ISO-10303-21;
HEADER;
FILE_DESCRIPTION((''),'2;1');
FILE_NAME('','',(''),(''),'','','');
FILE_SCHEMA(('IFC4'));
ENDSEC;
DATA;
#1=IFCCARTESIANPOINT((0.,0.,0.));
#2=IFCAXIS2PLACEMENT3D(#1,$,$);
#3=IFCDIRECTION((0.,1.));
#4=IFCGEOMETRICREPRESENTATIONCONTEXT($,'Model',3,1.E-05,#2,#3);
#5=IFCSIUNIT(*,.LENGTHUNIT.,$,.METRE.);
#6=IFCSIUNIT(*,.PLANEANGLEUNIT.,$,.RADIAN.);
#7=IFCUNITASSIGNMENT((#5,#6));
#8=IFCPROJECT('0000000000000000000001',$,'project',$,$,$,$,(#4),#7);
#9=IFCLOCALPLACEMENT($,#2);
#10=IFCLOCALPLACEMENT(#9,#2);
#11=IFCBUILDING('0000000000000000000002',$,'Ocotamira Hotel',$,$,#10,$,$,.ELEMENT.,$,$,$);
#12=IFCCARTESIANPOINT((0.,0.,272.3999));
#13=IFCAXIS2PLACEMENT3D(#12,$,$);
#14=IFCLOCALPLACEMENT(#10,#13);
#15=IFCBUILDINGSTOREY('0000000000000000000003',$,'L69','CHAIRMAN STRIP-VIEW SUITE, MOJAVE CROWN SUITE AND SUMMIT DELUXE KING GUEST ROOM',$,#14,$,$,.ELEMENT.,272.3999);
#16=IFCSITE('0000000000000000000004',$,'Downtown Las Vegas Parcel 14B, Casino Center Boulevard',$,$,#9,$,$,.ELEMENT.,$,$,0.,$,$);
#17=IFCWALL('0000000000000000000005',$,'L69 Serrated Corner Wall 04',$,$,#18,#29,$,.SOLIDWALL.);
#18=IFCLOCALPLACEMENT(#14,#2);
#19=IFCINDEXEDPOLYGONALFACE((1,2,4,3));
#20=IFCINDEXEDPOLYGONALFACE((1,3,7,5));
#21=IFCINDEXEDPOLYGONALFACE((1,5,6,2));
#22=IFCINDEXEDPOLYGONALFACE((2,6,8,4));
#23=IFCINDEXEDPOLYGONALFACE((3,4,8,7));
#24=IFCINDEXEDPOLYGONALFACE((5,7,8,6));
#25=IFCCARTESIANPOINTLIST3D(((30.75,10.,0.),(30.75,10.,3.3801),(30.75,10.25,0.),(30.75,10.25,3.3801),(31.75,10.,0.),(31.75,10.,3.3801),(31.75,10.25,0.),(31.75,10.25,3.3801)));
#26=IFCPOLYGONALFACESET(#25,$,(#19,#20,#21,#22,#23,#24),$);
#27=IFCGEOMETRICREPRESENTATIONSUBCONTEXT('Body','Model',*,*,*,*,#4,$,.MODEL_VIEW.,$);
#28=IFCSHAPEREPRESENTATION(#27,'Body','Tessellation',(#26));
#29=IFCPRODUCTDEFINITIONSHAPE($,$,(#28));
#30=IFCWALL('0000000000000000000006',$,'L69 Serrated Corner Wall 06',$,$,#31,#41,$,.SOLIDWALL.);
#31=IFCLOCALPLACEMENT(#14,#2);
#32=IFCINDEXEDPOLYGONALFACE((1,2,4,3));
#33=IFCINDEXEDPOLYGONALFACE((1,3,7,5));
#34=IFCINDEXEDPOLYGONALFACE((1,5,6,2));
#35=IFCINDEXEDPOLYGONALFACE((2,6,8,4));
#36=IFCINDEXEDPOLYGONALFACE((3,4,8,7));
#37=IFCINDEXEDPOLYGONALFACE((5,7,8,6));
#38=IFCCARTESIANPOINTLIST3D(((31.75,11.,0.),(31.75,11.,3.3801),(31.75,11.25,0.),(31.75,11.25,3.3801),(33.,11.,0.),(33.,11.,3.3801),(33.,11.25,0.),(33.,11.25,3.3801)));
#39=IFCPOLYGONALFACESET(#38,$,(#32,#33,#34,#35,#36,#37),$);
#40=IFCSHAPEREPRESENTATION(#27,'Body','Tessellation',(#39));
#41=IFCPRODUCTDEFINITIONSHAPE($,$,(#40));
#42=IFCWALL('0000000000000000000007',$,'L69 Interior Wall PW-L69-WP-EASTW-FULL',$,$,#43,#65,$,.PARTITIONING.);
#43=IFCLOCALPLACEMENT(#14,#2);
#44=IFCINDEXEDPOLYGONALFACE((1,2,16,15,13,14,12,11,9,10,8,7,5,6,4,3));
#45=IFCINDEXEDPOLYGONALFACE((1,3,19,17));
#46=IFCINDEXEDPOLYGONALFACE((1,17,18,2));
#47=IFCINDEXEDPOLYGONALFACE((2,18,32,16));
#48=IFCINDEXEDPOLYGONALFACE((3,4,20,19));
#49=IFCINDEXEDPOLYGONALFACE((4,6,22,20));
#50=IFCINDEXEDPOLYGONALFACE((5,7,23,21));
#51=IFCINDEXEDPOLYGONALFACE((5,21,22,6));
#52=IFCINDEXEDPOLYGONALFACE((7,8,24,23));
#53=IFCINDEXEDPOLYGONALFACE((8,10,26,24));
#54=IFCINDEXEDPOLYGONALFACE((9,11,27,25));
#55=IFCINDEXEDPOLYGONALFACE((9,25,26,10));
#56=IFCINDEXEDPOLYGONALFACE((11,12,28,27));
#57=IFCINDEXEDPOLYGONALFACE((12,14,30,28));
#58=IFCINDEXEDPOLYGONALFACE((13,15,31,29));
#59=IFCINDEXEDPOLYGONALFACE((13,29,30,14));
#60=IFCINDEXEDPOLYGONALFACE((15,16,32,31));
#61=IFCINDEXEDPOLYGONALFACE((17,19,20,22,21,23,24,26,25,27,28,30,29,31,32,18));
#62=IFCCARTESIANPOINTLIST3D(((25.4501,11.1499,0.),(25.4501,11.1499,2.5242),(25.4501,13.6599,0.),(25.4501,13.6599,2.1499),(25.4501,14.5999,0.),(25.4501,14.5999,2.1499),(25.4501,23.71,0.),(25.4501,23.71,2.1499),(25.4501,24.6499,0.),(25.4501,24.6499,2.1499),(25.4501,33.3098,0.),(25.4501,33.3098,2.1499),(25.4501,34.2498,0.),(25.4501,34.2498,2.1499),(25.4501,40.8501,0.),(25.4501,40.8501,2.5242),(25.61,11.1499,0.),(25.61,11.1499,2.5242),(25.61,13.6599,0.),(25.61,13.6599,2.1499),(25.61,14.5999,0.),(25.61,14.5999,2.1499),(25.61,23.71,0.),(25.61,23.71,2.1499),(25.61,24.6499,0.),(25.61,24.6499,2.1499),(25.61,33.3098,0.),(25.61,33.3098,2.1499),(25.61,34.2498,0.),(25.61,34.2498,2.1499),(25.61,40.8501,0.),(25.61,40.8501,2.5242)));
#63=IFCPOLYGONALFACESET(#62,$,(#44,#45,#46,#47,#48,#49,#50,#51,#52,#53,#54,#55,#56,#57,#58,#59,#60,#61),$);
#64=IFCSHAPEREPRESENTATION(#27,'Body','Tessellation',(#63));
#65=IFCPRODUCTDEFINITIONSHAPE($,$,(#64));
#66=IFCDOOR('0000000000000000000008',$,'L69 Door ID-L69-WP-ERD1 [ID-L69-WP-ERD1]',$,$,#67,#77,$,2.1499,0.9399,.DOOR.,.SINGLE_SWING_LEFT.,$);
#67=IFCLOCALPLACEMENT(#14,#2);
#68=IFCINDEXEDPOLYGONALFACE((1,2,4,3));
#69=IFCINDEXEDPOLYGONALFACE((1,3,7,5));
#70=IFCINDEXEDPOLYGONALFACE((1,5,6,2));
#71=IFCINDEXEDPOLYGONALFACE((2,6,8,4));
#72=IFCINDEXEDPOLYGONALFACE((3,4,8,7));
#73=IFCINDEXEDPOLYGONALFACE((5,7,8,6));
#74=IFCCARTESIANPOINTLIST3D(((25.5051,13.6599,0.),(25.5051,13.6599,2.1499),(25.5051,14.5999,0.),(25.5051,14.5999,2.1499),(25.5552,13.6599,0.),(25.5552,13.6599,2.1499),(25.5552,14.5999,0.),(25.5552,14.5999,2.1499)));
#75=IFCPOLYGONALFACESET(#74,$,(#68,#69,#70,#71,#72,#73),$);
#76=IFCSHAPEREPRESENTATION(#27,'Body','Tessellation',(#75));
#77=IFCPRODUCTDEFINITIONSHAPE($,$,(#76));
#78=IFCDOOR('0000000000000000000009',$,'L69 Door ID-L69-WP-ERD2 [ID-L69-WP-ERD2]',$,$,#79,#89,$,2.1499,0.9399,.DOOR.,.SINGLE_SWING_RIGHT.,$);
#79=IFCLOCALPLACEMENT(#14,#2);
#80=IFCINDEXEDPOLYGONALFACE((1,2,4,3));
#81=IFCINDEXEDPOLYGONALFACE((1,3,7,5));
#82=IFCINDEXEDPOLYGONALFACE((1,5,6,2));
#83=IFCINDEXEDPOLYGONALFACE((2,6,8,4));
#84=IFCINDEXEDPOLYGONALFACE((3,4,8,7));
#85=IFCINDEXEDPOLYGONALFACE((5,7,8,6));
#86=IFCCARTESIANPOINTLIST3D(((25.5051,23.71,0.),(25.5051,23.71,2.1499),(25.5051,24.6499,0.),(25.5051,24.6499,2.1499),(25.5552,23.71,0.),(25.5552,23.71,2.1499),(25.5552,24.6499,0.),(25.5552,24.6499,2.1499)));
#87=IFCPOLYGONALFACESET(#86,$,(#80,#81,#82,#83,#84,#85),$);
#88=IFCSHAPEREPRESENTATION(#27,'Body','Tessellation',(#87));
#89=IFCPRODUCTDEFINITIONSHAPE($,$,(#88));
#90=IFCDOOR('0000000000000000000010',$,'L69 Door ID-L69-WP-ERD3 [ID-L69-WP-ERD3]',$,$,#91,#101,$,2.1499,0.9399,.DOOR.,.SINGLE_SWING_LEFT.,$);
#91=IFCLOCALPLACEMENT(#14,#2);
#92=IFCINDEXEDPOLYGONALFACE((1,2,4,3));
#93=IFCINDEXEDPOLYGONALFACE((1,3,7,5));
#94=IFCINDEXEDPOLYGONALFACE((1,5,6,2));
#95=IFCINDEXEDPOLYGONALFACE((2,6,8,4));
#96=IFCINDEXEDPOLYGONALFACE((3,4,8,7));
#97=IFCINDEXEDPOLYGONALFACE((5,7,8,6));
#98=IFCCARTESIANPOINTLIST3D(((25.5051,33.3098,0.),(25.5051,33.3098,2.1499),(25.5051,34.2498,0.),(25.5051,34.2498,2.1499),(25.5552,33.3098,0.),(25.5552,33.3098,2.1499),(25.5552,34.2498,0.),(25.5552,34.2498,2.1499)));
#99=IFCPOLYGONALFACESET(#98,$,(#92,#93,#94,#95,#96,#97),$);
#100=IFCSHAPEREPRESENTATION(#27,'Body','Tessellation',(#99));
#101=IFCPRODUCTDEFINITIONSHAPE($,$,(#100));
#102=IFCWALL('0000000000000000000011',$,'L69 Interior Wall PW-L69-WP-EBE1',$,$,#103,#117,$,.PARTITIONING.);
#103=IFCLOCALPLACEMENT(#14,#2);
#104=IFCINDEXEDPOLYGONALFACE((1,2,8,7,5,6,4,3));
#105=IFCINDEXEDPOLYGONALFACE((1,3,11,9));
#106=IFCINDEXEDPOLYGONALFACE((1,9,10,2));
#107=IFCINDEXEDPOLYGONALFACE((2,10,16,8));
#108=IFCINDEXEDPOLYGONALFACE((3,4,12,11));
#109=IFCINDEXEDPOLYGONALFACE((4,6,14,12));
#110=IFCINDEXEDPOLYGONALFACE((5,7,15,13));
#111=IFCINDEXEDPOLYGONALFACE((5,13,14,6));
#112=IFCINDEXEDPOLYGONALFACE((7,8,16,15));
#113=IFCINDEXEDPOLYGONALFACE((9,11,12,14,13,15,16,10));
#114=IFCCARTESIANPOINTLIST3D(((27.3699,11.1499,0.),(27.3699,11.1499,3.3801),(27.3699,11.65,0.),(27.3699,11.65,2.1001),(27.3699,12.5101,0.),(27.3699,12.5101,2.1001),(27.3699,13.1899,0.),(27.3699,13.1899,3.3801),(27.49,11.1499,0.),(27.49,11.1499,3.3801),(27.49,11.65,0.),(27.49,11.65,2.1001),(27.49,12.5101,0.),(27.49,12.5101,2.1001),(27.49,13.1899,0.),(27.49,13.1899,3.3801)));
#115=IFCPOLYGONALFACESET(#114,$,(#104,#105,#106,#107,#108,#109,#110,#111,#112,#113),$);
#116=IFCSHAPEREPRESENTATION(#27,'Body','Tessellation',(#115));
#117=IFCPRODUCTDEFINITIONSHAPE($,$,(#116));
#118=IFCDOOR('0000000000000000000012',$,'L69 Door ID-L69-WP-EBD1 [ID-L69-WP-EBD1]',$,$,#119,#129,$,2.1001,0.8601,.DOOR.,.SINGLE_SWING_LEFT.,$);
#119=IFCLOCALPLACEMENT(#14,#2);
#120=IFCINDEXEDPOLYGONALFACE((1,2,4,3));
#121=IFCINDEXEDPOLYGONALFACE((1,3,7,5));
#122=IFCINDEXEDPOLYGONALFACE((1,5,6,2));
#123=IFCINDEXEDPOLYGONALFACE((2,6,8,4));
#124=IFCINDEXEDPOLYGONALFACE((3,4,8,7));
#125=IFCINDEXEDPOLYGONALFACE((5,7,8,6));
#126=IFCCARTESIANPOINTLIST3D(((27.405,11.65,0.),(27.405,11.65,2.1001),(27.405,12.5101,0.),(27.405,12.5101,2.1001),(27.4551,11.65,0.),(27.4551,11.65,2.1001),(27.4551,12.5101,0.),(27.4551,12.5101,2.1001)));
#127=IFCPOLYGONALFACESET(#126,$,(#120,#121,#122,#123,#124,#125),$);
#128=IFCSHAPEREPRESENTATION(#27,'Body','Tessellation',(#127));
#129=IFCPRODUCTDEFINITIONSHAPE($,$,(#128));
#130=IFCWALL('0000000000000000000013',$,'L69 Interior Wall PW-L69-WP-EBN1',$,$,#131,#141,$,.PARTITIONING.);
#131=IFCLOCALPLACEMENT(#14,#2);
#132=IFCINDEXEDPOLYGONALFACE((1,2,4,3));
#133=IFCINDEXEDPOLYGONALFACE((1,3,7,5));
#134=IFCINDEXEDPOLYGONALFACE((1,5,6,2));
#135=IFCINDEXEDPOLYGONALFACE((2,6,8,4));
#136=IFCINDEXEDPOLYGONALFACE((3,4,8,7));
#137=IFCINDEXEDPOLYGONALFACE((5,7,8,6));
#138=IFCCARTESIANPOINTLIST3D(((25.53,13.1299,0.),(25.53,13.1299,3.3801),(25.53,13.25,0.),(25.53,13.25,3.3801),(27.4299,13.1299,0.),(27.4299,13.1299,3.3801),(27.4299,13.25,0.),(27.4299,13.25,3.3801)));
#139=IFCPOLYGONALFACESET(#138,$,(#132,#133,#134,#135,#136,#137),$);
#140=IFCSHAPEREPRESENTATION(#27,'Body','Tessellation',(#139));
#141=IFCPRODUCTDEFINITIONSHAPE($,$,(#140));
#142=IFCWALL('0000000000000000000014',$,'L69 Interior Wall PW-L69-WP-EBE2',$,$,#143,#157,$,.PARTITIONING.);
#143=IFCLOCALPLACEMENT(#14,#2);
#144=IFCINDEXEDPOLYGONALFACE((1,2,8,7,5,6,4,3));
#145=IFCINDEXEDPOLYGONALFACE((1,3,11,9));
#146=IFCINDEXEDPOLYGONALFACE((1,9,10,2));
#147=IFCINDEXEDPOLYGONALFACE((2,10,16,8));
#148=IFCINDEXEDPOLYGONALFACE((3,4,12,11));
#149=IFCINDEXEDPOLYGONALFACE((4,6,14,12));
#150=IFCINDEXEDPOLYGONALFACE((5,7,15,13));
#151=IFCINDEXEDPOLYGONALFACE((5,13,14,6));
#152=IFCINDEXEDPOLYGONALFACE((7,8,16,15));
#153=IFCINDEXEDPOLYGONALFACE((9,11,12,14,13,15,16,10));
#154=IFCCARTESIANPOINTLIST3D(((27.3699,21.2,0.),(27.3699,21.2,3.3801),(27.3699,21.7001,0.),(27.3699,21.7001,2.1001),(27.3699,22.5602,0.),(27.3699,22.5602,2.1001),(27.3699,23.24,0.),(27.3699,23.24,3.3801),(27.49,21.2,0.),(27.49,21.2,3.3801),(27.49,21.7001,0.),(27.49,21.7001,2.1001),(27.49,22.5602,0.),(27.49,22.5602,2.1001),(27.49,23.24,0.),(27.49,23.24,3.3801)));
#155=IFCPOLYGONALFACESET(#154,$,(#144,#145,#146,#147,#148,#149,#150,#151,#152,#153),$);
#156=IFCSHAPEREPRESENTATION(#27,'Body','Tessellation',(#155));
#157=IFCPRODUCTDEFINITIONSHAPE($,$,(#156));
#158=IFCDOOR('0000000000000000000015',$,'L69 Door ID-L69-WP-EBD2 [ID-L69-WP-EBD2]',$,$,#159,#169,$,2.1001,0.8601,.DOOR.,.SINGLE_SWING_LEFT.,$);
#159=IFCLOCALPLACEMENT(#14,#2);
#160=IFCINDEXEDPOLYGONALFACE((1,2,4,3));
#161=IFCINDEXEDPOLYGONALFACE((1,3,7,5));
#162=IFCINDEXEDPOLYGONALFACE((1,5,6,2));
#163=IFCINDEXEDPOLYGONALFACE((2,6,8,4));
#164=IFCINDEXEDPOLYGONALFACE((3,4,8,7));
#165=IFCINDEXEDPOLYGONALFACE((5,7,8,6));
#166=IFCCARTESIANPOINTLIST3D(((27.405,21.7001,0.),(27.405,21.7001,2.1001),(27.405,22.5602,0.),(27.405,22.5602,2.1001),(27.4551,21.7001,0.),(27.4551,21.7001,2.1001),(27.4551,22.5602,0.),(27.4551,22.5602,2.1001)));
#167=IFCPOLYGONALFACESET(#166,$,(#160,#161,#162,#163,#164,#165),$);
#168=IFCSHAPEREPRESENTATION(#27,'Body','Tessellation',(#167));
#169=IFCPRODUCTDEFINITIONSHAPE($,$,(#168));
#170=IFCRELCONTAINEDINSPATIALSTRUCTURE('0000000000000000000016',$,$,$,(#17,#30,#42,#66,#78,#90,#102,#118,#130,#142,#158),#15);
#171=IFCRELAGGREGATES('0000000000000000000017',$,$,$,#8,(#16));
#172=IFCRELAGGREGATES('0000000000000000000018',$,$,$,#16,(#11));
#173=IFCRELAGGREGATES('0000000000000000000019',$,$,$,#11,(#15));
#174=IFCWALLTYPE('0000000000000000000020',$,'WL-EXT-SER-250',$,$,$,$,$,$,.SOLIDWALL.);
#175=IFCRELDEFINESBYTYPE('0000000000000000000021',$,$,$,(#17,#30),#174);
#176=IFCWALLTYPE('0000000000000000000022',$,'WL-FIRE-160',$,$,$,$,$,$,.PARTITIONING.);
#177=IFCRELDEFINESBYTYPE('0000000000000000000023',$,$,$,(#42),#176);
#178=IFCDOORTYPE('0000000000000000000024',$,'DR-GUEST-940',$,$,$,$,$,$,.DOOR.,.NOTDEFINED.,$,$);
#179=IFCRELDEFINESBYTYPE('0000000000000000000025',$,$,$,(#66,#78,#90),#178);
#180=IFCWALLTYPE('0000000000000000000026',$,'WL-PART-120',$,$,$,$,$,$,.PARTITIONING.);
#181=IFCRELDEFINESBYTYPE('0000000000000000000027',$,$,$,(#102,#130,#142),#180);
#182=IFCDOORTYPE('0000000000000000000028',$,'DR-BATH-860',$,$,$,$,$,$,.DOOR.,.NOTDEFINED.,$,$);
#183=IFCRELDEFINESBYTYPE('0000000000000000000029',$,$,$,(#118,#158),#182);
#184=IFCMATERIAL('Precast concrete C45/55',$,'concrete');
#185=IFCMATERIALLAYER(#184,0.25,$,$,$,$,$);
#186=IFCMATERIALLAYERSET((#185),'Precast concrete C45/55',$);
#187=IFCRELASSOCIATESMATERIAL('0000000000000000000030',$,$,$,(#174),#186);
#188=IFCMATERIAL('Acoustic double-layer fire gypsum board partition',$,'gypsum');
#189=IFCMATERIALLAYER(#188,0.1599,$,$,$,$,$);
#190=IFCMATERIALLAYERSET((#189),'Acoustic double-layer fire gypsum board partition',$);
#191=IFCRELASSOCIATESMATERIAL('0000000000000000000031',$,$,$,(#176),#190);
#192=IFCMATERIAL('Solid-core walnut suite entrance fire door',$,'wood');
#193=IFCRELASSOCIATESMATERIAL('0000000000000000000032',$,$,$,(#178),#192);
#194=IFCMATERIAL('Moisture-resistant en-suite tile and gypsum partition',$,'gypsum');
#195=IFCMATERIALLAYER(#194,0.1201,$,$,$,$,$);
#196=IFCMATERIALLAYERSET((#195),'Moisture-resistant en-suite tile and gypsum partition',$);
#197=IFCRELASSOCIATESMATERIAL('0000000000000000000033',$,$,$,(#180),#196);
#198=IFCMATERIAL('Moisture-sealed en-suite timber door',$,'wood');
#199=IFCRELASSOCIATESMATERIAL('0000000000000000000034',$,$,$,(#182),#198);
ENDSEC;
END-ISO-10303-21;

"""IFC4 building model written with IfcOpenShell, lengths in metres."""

from ifc_helpers import new_model, si_unit, direction, frame, frame_2d, origin, place, context, subcontext, project, spatial, rectangle, extrude, source, transform, mapped, material, layer, layer_set, type_object, element, fill, save


model = new_model("IFC4")

# Units and contexts
model_context = context("Model", 3, precision=1e-05, world=origin(), true_north=direction((0.0, 1.0)))
body_context = subcontext(model_context, "Body", "Model", "MODEL_VIEW")
ifc_project = project(units=[si_unit("LENGTHUNIT", "METRE"), si_unit("PLANEANGLEUNIT", "RADIAN")], contexts=[model_context])

# Site, building, storey
site_placement = place(None, origin())
site = spatial("IfcSite", under=ifc_project, at=site_placement, Name="Downtown Las Vegas Parcel 14B, Casino Center Boulevard", CompositionType="ELEMENT", RefElevation=0.0)
building_placement = place(site_placement, origin())
building = spatial("IfcBuilding", under=site, at=building_placement, Name="Ocotamira Hotel", CompositionType="ELEMENT")
storey_placement = place(building_placement, frame((0.0, 0.0, 272.3999)))
storey = spatial("IfcBuildingStorey", under=building, at=storey_placement, Name="L69", Description="CHAIRMAN STRIP-VIEW SUITE, MOJAVE CROWN SUITE AND SUMMIT DELUXE KING GUEST ROOM", CompositionType="ELEMENT", Elevation=272.3999)

# Walls
ifc_material_1 = material(Name="Precast concrete C45/55", Category="concrete")
ifc_layer_1 = layer(ifc_material_1, 0.25)
ifc_layer_set_1 = layer_set([ifc_layer_1], Name="Precast concrete C45/55")
wall_type_1 = type_object("IfcWallType", Name="WL-EXT-SER-250", PredefinedType="SOLIDWALL", material=ifc_layer_set_1)
wall_1_placement = place(storey_placement, frame((30.75, 10.125, 0.0), z_axis=(0.0, 0.0, 1.0), x_axis=(1.0, 0.0, 0.0)))
element("IfcWall", 1, at=wall_1_placement, inside=storey, type_object=wall_type_1, Name="L69 Serrated Corner Wall 04", PredefinedType="SOLIDWALL", context=body_context, shape_type="SweptSolid", body=[
    extrude(rectangle(XDim=1.0, YDim=0.25, at=frame_2d((0.5, 0.0))), origin(), (0.0, 0.0, 1.0), 3.3801),
])
wall_2_placement = place(storey_placement, frame((31.75, 11.125, 0.0), z_axis=(0.0, 0.0, 1.0), x_axis=(1.0, 0.0, 0.0)))
element("IfcWall", 2, at=wall_2_placement, inside=storey, type_object=wall_type_1, Name="L69 Serrated Corner Wall 06", PredefinedType="SOLIDWALL", context=body_context, shape_type="SweptSolid", body=[
    extrude(rectangle(XDim=1.25, YDim=0.25, at=frame_2d((0.625, 0.0))), origin(), (0.0, 0.0, 1.0), 3.3801),
])

# Wall, openings, doors
ifc_material_2 = material(Name="Acoustic double-layer fire gypsum board partition", Category="gypsum")
ifc_layer_2 = layer(ifc_material_2, 0.1599)
ifc_layer_set_2 = layer_set([ifc_layer_2], Name="Acoustic double-layer fire gypsum board partition")
wall_type_2 = type_object("IfcWallType", Name="WL-FIRE-160", PredefinedType="PARTITIONING", material=ifc_layer_set_2)
wall_3_placement = place(storey_placement, frame((25.53, 11.1499, 0.0), z_axis=(0.0, 0.0, 1.0), x_axis=(0.0, 1.0, 0.0)))
wall_3 = element("IfcWall", 3, at=wall_3_placement, inside=storey, type_object=wall_type_2, Name="L69 Interior Wall PW-L69-WP-EASTW-FULL", PredefinedType="PARTITIONING", context=body_context, shape_type="SweptSolid", body=[
    extrude(rectangle(XDim=29.7002, YDim=0.1599, at=frame_2d((14.8501, 0.0))), origin(), (0.0, 0.0, 1.0), 2.5242),
])
opening_1_placement = place(wall_3_placement, frame((2.51, 0.0, 0.0)))
opening_1 = element("IfcOpeningElement", 4, at=opening_1_placement, cuts=wall_3, PredefinedType="OPENING", context=body_context, shape_type="SweptSolid", body=[
    extrude(rectangle(XDim=0.9399, YDim=2.1499, at=frame_2d((0.47, 1.075))), frame((0.0, 0.0898, 0.0), z_axis=(0.0, -1.0, 0.0), x_axis=(1.0, 0.0, 0.0)), (0.0, 0.0, 1.0), 0.1799),
])
opening_2_placement = place(wall_3_placement, frame((12.5601, 0.0, 0.0)))
opening_2 = element("IfcOpeningElement", 5, at=opening_2_placement, cuts=wall_3, PredefinedType="OPENING", context=body_context, shape_type="SweptSolid", body=[
    extrude(rectangle(XDim=0.9399, YDim=2.1499, at=frame_2d((0.47, 1.075))), frame((0.0, 0.0898, 0.0), z_axis=(0.0, -1.0, 0.0), x_axis=(1.0, 0.0, 0.0)), (0.0, 0.0, 1.0), 0.1799),
])
opening_3_placement = place(wall_3_placement, frame((22.1599, 0.0, 0.0)))
opening_3 = element("IfcOpeningElement", 6, at=opening_3_placement, cuts=wall_3, PredefinedType="OPENING", context=body_context, shape_type="SweptSolid", body=[
    extrude(rectangle(XDim=0.9399, YDim=2.1499, at=frame_2d((0.47, 1.075))), frame((0.0, 0.0898, 0.0), z_axis=(0.0, -1.0, 0.0), x_axis=(1.0, 0.0, 0.0)), (0.0, 0.0, 1.0), 0.1799),
])
ifc_material_3 = material(Name="Solid-core walnut suite entrance fire door", Category="wood")
door_type_1 = type_object("IfcDoorType", Name="DR-GUEST-940", OperationType="NOTDEFINED", PredefinedType="DOOR", material=ifc_material_3)
shared_shape_1 = source(origin(), body_context, "Body", "SweptSolid", [
    extrude(rectangle(XDim=0.9399, YDim=2.1499, at=frame_2d((0.47, 1.075))), frame((0.0, 0.0249, 0.0), z_axis=(0.0, -1.0, 0.0), x_axis=(1.0, 0.0, 0.0)), (0.0, 0.0, 1.0), 0.05),
])
door_1_placement = place(opening_1_placement, origin())
door_1 = element("IfcDoor", 7, at=door_1_placement, inside=storey, type_object=door_type_1, Name="L69 Door ID-L69-WP-ERD1 [ID-L69-WP-ERD1]", OperationType="SINGLE_SWING_LEFT", OverallHeight=2.1499, OverallWidth=0.9399, PredefinedType="DOOR", context=body_context, shape_type="MappedRepresentation", body=[
    mapped(shared_shape_1, transform((0.0, 0.0, 0.0), scale=1.0)),
])
fill(opening_1, door_1)
door_2_placement = place(opening_2_placement, origin())
door_2 = element("IfcDoor", 8, at=door_2_placement, inside=storey, type_object=door_type_1, Name="L69 Door ID-L69-WP-ERD2 [ID-L69-WP-ERD2]", OperationType="SINGLE_SWING_RIGHT", OverallHeight=2.1499, OverallWidth=0.9399, PredefinedType="DOOR", context=body_context, shape_type="MappedRepresentation", body=[
    mapped(shared_shape_1, transform((0.0, 0.0, 0.0), scale=1.0)),
])
fill(opening_2, door_2)
door_3_placement = place(opening_3_placement, origin())
door_3 = element("IfcDoor", 9, at=door_3_placement, inside=storey, type_object=door_type_1, Name="L69 Door ID-L69-WP-ERD3 [ID-L69-WP-ERD3]", OperationType="SINGLE_SWING_LEFT", OverallHeight=2.1499, OverallWidth=0.9399, PredefinedType="DOOR", context=body_context, shape_type="MappedRepresentation", body=[
    mapped(shared_shape_1, transform((0.0, 0.0, 0.0), scale=1.0)),
])
fill(opening_3, door_3)

# Wall, opening, door
ifc_material_4 = material(Name="Moisture-resistant en-suite tile and gypsum partition", Category="gypsum")
ifc_layer_3 = layer(ifc_material_4, 0.1201)
ifc_layer_set_3 = layer_set([ifc_layer_3], Name="Moisture-resistant en-suite tile and gypsum partition")
wall_type_3 = type_object("IfcWallType", Name="WL-PART-120", PredefinedType="PARTITIONING", material=ifc_layer_set_3)
wall_4_placement = place(storey_placement, frame((27.4299, 11.1499, 0.0), z_axis=(0.0, 0.0, 1.0), x_axis=(0.0, 1.0, 0.0)))
wall_4 = element("IfcWall", 10, at=wall_4_placement, inside=storey, type_object=wall_type_3, Name="L69 Interior Wall PW-L69-WP-EBE1", PredefinedType="PARTITIONING", context=body_context, shape_type="SweptSolid", body=[
    extrude(rectangle(XDim=2.04, YDim=0.1201, at=frame_2d((1.02, 0.0))), origin(), (0.0, 0.0, 1.0), 3.3801),
])
opening_4_placement = place(wall_4_placement, frame((0.5, 0.0, 0.0)))
opening_4 = element("IfcOpeningElement", 11, at=opening_4_placement, cuts=wall_4, PredefinedType="OPENING", context=body_context, shape_type="SweptSolid", body=[
    extrude(rectangle(XDim=0.8601, YDim=2.1001, at=frame_2d((0.4302, 1.05))), frame((0.0, 0.0701, 0.0), z_axis=(0.0, -1.0, 0.0), x_axis=(1.0, 0.0, 0.0)), (0.0, 0.0, 1.0), 0.1401),
])
ifc_material_5 = material(Name="Moisture-sealed en-suite timber door", Category="wood")
door_type_2 = type_object("IfcDoorType", Name="DR-BATH-860", OperationType="NOTDEFINED", PredefinedType="DOOR", material=ifc_material_5)
shared_shape_2 = source(origin(), body_context, "Body", "SweptSolid", [
    extrude(rectangle(XDim=0.8601, YDim=2.1001, at=frame_2d((0.4302, 1.05))), frame((0.0, 0.0249, 0.0), z_axis=(0.0, -1.0, 0.0), x_axis=(1.0, 0.0, 0.0)), (0.0, 0.0, 1.0), 0.05),
])
door_4_placement = place(opening_4_placement, origin())
door_4 = element("IfcDoor", 12, at=door_4_placement, inside=storey, type_object=door_type_2, Name="L69 Door ID-L69-WP-EBD1 [ID-L69-WP-EBD1]", OperationType="SINGLE_SWING_LEFT", OverallHeight=2.1001, OverallWidth=0.8601, PredefinedType="DOOR", context=body_context, shape_type="MappedRepresentation", body=[
    mapped(shared_shape_2, transform((0.0, 0.0, 0.0), scale=1.0)),
])
fill(opening_4, door_4)

# Wall
wall_5_placement = place(storey_placement, frame((25.53, 13.1899, 0.0), z_axis=(0.0, 0.0, 1.0), x_axis=(1.0, 0.0, 0.0)))
element("IfcWall", 13, at=wall_5_placement, inside=storey, type_object=wall_type_3, Name="L69 Interior Wall PW-L69-WP-EBN1", PredefinedType="PARTITIONING", context=body_context, shape_type="SweptSolid", body=[
    extrude(rectangle(XDim=1.8999, YDim=0.1201, at=frame_2d((0.95, 0.0))), origin(), (0.0, 0.0, 1.0), 3.3801),
])

# Wall, opening, door
wall_6_placement = place(storey_placement, frame((27.4299, 21.2, 0.0), z_axis=(0.0, 0.0, 1.0), x_axis=(0.0, 1.0, 0.0)))
wall_6 = element("IfcWall", 14, at=wall_6_placement, inside=storey, type_object=wall_type_3, Name="L69 Interior Wall PW-L69-WP-EBE2", PredefinedType="PARTITIONING", context=body_context, shape_type="SweptSolid", body=[
    extrude(rectangle(XDim=2.04, YDim=0.1201, at=frame_2d((1.02, 0.0))), origin(), (0.0, 0.0, 1.0), 3.3801),
])
opening_5_placement = place(wall_6_placement, frame((0.5, 0.0, 0.0)))
opening_5 = element("IfcOpeningElement", 15, at=opening_5_placement, cuts=wall_6, PredefinedType="OPENING", context=body_context, shape_type="SweptSolid", body=[
    extrude(rectangle(XDim=0.8601, YDim=2.1001, at=frame_2d((0.4302, 1.05))), frame((0.0, 0.0701, 0.0), z_axis=(0.0, -1.0, 0.0), x_axis=(1.0, 0.0, 0.0)), (0.0, 0.0, 1.0), 0.1401),
])
door_5_placement = place(opening_5_placement, origin())
door_5 = element("IfcDoor", 16, at=door_5_placement, inside=storey, type_object=door_type_2, Name="L69 Door ID-L69-WP-EBD2 [ID-L69-WP-EBD2]", OperationType="SINGLE_SWING_LEFT", OverallHeight=2.1001, OverallWidth=0.8601, PredefinedType="DOOR", context=body_context, shape_type="MappedRepresentation", body=[
    mapped(shared_shape_2, transform((0.0, 0.0, 0.0), scale=1.0)),
])
fill(opening_5, door_5)

save(model, "model.ifc")
